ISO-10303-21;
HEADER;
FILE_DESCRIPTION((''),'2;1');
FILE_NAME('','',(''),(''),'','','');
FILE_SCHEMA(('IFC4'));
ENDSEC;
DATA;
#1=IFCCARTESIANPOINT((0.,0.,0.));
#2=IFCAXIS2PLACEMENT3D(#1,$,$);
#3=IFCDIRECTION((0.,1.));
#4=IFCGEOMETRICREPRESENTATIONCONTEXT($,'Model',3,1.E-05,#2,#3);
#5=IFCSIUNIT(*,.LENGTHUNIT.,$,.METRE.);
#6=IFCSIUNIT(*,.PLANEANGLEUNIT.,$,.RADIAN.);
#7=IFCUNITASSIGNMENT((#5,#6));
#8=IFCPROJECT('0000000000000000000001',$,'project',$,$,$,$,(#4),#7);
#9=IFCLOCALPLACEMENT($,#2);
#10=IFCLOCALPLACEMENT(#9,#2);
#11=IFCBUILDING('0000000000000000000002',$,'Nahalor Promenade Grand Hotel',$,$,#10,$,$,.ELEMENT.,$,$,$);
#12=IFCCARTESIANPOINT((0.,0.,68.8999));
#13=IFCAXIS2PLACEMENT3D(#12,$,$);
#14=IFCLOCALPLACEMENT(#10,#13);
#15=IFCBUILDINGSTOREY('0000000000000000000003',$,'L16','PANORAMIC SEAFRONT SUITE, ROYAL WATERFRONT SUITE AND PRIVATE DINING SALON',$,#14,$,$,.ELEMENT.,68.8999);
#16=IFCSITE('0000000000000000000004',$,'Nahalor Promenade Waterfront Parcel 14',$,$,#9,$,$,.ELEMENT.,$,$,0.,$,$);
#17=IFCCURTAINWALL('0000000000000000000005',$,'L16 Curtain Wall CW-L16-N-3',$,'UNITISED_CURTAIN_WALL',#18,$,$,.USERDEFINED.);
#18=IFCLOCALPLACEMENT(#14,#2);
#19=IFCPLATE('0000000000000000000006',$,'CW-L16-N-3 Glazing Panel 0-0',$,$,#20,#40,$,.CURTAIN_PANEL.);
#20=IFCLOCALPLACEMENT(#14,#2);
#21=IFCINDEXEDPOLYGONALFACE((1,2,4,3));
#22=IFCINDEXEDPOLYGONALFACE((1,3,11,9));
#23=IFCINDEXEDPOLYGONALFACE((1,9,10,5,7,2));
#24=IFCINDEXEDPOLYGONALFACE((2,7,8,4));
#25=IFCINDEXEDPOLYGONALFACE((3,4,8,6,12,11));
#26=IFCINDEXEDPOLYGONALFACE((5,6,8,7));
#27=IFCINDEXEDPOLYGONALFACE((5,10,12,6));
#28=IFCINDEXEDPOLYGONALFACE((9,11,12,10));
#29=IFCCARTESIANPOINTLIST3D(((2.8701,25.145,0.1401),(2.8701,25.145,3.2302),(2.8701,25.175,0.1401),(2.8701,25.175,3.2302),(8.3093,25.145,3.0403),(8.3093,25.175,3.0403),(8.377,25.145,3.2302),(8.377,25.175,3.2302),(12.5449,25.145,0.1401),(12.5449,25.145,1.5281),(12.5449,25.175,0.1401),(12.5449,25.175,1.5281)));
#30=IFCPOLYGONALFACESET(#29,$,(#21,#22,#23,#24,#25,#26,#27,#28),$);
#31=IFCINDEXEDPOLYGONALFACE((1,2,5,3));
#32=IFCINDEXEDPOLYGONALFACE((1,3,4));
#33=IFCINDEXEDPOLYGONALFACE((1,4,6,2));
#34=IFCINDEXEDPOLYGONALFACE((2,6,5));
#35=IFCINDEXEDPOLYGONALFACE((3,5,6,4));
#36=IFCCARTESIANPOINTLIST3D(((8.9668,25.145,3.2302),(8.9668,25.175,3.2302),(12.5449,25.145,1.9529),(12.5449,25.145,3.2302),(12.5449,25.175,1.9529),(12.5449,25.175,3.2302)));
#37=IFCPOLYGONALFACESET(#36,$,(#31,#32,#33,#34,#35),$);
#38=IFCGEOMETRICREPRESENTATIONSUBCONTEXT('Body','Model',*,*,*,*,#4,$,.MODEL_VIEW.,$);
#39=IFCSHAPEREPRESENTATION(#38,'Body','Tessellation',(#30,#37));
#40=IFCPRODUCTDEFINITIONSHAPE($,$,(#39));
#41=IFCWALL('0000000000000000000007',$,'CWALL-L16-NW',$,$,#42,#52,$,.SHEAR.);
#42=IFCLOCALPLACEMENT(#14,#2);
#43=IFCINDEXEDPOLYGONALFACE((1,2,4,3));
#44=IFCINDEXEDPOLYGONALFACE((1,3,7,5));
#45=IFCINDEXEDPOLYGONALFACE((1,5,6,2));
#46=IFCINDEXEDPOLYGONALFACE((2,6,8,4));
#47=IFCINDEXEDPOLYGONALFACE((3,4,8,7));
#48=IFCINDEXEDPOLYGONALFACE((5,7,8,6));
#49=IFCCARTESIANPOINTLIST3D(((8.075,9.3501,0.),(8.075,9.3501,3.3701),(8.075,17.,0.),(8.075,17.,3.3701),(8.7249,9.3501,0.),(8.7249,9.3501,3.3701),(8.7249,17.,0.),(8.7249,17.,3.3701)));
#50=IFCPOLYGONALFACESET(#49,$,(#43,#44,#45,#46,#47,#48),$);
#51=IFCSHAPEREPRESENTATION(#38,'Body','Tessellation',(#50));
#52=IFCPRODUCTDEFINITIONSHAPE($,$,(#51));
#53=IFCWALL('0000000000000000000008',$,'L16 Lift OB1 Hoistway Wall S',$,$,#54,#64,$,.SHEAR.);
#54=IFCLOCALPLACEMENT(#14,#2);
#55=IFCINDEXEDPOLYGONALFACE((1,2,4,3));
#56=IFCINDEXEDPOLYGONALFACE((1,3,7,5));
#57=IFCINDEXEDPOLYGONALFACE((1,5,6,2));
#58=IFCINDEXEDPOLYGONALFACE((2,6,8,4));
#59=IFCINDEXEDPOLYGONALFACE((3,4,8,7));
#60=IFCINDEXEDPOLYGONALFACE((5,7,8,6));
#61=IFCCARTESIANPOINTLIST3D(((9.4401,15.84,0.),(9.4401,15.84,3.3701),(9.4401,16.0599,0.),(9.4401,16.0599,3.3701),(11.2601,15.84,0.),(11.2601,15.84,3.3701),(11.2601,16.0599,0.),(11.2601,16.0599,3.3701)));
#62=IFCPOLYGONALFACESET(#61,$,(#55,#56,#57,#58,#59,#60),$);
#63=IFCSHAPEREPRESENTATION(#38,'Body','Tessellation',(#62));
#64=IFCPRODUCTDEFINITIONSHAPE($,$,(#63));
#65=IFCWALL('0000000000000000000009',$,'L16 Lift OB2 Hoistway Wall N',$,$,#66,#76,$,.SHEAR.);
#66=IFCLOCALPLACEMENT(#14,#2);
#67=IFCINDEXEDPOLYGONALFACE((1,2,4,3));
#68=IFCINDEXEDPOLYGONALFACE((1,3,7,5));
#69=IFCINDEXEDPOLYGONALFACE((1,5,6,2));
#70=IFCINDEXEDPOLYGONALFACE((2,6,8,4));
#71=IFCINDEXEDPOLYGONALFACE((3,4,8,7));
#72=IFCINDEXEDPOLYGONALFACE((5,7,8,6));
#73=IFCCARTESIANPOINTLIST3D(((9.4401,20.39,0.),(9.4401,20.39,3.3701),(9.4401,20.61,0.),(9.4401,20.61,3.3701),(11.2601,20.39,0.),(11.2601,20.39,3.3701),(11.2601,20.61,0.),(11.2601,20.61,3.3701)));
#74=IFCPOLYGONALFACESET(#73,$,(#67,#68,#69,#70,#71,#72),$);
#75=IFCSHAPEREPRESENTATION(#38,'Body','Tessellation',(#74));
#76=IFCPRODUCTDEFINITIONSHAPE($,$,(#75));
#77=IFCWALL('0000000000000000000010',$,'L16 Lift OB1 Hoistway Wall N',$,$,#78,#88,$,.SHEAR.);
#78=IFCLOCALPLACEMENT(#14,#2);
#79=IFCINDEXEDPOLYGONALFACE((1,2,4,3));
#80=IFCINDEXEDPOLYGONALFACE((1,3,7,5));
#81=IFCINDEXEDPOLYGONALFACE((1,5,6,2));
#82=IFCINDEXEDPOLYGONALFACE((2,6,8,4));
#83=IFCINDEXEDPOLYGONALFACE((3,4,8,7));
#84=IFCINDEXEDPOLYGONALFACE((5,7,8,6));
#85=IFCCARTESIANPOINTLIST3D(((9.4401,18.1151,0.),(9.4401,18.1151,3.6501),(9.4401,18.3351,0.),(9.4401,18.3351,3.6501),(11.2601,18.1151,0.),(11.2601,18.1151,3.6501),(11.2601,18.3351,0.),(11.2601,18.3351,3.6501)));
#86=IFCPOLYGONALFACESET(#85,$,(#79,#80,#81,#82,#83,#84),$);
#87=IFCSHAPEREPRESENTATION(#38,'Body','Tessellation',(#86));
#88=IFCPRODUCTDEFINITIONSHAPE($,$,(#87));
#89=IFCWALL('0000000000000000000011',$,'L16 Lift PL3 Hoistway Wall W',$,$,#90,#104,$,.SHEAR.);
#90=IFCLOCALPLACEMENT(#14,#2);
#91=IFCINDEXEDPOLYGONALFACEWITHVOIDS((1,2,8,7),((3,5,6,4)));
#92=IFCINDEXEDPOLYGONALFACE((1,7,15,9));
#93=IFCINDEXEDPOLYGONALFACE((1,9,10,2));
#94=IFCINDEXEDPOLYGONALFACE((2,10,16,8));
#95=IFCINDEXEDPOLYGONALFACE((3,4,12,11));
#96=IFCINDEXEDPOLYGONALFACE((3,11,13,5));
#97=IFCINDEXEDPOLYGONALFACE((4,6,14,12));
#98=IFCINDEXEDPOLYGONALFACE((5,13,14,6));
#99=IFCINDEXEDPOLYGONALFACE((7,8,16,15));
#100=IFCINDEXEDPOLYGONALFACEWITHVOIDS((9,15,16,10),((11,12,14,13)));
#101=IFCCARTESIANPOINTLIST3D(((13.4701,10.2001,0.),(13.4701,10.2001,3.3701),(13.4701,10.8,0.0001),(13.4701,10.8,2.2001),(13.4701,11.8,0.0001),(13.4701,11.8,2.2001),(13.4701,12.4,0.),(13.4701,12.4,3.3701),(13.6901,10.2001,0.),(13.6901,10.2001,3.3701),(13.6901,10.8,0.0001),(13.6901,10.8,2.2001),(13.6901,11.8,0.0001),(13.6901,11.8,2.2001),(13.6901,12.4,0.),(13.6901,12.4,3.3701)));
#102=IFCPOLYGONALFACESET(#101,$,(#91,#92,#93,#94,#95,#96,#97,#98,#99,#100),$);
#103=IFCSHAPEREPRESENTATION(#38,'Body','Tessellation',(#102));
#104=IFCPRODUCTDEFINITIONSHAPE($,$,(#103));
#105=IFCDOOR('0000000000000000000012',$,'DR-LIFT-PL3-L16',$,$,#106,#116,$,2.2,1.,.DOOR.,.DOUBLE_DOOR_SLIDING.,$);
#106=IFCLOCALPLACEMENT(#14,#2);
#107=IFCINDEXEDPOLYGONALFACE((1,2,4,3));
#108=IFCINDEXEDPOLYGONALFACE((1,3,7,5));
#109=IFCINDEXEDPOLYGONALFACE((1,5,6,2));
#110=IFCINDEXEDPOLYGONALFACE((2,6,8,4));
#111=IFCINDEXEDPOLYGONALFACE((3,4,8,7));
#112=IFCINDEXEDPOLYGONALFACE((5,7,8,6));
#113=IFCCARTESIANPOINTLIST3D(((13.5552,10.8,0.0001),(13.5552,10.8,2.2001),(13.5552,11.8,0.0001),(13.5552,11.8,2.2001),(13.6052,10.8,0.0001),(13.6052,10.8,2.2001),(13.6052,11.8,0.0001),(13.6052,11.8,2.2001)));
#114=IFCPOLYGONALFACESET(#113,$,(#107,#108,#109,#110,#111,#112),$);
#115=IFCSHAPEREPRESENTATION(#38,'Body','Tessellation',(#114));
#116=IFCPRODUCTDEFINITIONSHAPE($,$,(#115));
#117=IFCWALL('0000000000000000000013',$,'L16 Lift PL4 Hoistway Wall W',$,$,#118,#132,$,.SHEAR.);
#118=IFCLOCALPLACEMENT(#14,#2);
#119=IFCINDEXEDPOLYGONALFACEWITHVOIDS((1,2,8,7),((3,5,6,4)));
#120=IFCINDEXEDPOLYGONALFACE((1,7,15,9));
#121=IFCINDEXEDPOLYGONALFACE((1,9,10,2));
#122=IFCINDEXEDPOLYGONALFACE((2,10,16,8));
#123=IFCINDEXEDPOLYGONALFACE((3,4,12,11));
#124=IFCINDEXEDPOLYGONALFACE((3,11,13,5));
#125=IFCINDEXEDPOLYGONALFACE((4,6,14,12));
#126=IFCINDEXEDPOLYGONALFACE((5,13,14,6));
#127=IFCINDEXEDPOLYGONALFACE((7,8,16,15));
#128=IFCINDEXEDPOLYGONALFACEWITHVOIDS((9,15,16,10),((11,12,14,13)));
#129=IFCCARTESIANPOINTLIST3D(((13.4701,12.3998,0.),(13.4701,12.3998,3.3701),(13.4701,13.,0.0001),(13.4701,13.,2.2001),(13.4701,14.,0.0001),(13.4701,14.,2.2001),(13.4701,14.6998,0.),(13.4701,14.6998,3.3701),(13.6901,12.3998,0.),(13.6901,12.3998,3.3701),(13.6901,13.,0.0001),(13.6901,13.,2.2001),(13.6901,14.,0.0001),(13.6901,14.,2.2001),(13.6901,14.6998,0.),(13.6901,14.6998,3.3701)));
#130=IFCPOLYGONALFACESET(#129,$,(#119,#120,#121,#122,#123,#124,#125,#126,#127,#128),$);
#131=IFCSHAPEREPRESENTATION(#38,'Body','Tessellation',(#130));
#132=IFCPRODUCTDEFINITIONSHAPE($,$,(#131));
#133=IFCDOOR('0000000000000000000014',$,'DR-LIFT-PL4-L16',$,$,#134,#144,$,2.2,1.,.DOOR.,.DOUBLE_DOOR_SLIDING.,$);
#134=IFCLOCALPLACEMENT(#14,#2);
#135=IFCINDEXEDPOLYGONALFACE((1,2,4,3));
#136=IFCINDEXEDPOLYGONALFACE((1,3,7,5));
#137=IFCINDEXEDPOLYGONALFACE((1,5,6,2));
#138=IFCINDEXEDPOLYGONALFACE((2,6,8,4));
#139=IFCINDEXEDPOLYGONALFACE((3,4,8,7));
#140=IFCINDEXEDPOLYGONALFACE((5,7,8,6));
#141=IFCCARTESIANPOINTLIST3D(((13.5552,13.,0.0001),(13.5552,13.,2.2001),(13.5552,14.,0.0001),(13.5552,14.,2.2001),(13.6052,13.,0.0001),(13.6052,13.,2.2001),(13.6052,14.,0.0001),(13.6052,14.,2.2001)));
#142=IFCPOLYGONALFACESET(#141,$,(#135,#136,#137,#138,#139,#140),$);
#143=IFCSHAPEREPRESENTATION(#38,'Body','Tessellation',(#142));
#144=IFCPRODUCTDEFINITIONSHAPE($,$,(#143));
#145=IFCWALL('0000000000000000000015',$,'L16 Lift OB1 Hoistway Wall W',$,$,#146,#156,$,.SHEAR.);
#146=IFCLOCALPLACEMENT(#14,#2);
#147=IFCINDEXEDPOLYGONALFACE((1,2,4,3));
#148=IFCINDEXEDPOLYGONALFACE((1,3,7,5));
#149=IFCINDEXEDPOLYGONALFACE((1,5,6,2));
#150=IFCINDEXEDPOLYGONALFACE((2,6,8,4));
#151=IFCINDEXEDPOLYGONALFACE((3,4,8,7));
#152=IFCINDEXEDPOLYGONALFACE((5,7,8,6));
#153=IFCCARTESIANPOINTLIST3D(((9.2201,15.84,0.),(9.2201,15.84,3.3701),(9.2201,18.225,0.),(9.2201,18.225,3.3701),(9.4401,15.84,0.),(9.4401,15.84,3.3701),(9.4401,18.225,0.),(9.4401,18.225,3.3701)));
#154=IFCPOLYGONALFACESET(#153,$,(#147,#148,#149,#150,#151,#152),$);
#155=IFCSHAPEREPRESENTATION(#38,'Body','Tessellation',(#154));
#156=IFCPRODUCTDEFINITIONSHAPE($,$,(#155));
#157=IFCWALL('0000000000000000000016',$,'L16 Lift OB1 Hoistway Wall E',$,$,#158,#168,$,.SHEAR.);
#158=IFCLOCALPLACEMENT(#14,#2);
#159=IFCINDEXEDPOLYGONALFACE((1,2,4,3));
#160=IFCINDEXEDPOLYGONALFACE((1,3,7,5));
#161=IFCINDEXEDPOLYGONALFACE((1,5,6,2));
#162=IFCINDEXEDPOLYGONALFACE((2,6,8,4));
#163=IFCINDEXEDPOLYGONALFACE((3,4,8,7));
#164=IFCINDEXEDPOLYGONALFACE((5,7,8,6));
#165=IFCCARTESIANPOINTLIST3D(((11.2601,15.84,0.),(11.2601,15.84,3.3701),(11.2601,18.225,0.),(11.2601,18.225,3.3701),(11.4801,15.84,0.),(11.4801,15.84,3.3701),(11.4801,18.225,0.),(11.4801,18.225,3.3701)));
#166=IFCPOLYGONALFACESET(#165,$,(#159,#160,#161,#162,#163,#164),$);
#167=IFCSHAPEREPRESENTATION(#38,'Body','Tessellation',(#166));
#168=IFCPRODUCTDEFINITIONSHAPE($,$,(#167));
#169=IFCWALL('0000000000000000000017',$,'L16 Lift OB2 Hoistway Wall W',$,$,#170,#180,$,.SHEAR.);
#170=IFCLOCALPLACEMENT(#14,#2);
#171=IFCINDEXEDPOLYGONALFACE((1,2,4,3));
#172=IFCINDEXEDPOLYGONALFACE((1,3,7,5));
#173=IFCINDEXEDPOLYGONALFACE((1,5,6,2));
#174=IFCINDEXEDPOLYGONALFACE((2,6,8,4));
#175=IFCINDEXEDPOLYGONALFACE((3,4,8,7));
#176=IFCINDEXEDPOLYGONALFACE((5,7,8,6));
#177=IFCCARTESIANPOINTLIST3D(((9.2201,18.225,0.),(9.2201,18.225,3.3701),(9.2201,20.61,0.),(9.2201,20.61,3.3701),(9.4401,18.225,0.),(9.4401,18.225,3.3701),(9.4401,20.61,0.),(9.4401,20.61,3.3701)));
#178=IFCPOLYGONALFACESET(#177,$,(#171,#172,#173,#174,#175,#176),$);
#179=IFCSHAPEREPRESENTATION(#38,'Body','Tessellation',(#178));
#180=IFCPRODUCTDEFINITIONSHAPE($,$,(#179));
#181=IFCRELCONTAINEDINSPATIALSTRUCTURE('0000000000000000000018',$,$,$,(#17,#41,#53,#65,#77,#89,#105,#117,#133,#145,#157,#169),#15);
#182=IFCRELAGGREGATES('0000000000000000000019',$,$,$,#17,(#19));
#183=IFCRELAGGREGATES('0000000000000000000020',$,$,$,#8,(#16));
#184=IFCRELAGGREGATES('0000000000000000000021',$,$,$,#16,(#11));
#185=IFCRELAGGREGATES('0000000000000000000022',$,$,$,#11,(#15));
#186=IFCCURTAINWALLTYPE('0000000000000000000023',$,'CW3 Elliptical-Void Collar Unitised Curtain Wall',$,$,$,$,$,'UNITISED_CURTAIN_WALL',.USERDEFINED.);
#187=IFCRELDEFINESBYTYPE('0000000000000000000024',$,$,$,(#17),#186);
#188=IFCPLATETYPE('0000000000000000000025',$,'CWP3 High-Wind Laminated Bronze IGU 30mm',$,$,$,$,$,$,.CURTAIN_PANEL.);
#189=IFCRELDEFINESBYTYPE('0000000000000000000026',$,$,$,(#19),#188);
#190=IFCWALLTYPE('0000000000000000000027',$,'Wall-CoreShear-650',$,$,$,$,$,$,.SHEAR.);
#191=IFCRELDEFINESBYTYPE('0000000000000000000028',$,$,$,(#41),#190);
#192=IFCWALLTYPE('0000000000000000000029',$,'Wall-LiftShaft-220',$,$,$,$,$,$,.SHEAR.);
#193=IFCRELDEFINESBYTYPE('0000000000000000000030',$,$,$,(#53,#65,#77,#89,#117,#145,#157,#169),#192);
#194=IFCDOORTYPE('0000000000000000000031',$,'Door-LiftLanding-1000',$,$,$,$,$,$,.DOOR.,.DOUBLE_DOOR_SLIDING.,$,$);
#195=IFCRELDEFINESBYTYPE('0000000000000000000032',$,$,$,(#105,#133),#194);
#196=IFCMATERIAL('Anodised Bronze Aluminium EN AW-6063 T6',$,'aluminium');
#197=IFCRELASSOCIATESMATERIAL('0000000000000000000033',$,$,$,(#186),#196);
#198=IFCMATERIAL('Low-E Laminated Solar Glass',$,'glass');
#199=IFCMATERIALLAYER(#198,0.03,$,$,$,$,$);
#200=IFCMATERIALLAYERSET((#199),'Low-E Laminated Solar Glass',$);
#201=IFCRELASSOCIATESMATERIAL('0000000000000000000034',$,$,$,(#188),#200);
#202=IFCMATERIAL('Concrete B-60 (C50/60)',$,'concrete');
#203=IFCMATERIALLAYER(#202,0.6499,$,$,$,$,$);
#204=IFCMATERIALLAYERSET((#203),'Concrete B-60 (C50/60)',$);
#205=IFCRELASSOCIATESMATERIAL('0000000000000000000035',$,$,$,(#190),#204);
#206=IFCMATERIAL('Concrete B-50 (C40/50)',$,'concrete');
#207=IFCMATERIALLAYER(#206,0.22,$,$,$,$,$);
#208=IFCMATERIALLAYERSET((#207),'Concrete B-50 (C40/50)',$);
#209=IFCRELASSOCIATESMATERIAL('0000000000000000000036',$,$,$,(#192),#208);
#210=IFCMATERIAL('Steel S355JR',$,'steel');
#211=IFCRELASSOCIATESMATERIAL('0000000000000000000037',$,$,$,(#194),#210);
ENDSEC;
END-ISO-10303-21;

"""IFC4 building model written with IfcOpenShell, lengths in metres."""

from ifc_helpers import new_model, si_unit, direction, frame, frame_2d, origin, place, context, subcontext, project, spatial, polyline, rectangle, outline, extrude, source, transform, mapped, material, layer, layer_set, type_object, element, fill, aggregate, save


model = new_model("IFC4")

# Units and contexts
model_context = context("Model", 3, precision=1e-05, world=origin(), true_north=direction((0.0, 1.0)))
body_context = subcontext(model_context, "Body", "Model", "MODEL_VIEW")
ifc_project = project(units=[si_unit("LENGTHUNIT", "METRE"), si_unit("PLANEANGLEUNIT", "RADIAN")], contexts=[model_context])

# Site, building, storey
site_placement = place(None, origin())
site = spatial("IfcSite", under=ifc_project, at=site_placement, Name="Nahalor Promenade Waterfront Parcel 14", CompositionType="ELEMENT", RefElevation=0.0)
building_placement = place(site_placement, origin())
building = spatial("IfcBuilding", under=site, at=building_placement, Name="Nahalor Promenade Grand Hotel", CompositionType="ELEMENT")
storey_placement = place(building_placement, frame((0.0, 0.0, 68.8999)))
storey = spatial("IfcBuildingStorey", under=building, at=storey_placement, Name="L16", Description="PANORAMIC SEAFRONT SUITE, ROYAL WATERFRONT SUITE AND PRIVATE DINING SALON", CompositionType="ELEMENT", Elevation=68.8999)

# Shared definitions
ifc_material_1 = material(Name="Steel S355JR", Category="steel")

# Curtain wall, plate
ifc_material_2 = material(Name="Anodised Bronze Aluminium EN AW-6063 T6", Category="aluminium")
curtain_wall_type = type_object("IfcCurtainWallType", Name="CW3 Elliptical-Void Collar Unitised Curtain Wall", ElementType="UNITISED_CURTAIN_WALL", PredefinedType="USERDEFINED", material=ifc_material_2)
curtain_wall_placement = place(storey_placement, origin())
curtain_wall = element("IfcCurtainWall", 1, at=curtain_wall_placement, inside=storey, type_object=curtain_wall_type, Name="L16 Curtain Wall CW-L16-N-3", ObjectType="UNITISED_CURTAIN_WALL", PredefinedType="USERDEFINED")
ifc_material_3 = material(Name="Low-E Laminated Solar Glass", Category="glass")
ifc_layer_1 = layer(ifc_material_3, 0.03)
ifc_layer_set_1 = layer_set([ifc_layer_1], Name="Low-E Laminated Solar Glass")
plate_type = type_object("IfcPlateType", Name="CWP3 High-Wind Laminated Bronze IGU 30mm", PredefinedType="CURTAIN_PANEL", material=ifc_layer_set_1)
plate_placement = place(storey_placement, frame((7.7075, 25.1599, 0.1401), z_axis=(0.0, 0.0, 1.0), x_axis=(1.0, 0.0, 0.0)))
plate = element("IfcPlate", 2, at=plate_placement, type_object=plate_type, Name="CW-L16-N-3 Glazing Panel 0-0", PredefinedType="CURTAIN_PANEL", context=body_context, shape_type="SweptSolid", body=[
    extrude(outline(polyline([(-4.8374, 0.0), (4.8374, 0.0), (4.8374, 1.3879), (0.6018, 2.9001), (0.6694, 3.0901), (-4.8374, 3.0901), (-4.8374, 0.0)])), frame((0.0, 0.0151, 0.0), z_axis=(0.0, -1.0, 0.0), x_axis=(1.0, 0.0, 0.0)), (0.0, 0.0, 1.0), 0.03),
    extrude(outline(polyline([(4.8374, 1.8127), (4.8374, 3.0901), (1.2593, 3.0901), (4.8374, 1.8127)])), frame((0.0, 0.0151, 0.0), z_axis=(0.0, -1.0, 0.0), x_axis=(1.0, 0.0, 0.0)), (0.0, 0.0, 1.0), 0.03),
])
aggregate(curtain_wall, [plate])

# Walls
ifc_material_4 = material(Name="Concrete B-60 (C50/60)", Category="concrete")
ifc_layer_2 = layer(ifc_material_4, 0.6499)
ifc_layer_set_2 = layer_set([ifc_layer_2], Name="Concrete B-60 (C50/60)")
wall_type_1 = type_object("IfcWallType", Name="Wall-CoreShear-650", PredefinedType="SHEAR", material=ifc_layer_set_2)
shared_shape_1 = source(origin(), body_context, "Body", "SweptSolid", [
    extrude(rectangle(XDim=7.6499, YDim=0.6499, at=frame_2d((3.825, 0.0))), origin(), (0.0, 0.0, 1.0), 3.3701),
])
wall_1_placement = place(storey_placement, frame((8.3999, 9.3501, 0.0), z_axis=(0.0, 0.0, 1.0), x_axis=(0.0, 1.0, 0.0)))
element("IfcWall", 3, at=wall_1_placement, inside=storey, type_object=wall_type_1, Name="CWALL-L16-NW", PredefinedType="SHEAR", context=body_context, shape_type="MappedRepresentation", body=[
    mapped(shared_shape_1, transform((0.0, 0.0, 0.0), scale=1.0)),
])
ifc_material_5 = material(Name="Concrete B-50 (C40/50)", Category="concrete")
ifc_layer_3 = layer(ifc_material_5, 0.22)
ifc_layer_set_3 = layer_set([ifc_layer_3], Name="Concrete B-50 (C40/50)")
wall_type_2 = type_object("IfcWallType", Name="Wall-LiftShaft-220", PredefinedType="SHEAR", material=ifc_layer_set_3)
shared_shape_2 = source(origin(), body_context, "Body", "SweptSolid", [
    extrude(rectangle(XDim=1.8201, YDim=0.22, at=frame_2d((0.9102, 0.0))), origin(), (0.0, 0.0, 1.0), 3.3701),
])
for number, where, z_axis, x_axis, name in (
    (4, (9.4399, 15.95, 0.0), (0.0, 0.0, 1.0), (1.0, 0.0, 0.0), "L16 Lift OB1 Hoistway Wall S"),
    (5, (9.4399, 20.5, 0.0), (0.0, 0.0, 1.0), (1.0, 0.0, 0.0), "L16 Lift OB2 Hoistway Wall N"),
):
    element("IfcWall", number, at=place(storey_placement, frame(where, z_axis=z_axis, x_axis=x_axis)), inside=storey, type_object=wall_type_2, Name=name, PredefinedType="SHEAR", context=body_context, shape_type="MappedRepresentation", body=[
        mapped(shared_shape_2, transform((0.0, 0.0, 0.0), scale=1.0)),
    ])
shared_shape_3 = source(origin(), body_context, "Body", "SweptSolid", [
    extrude(rectangle(XDim=1.8201, YDim=0.22, at=frame_2d((0.9102, 0.0))), origin(), (0.0, 0.0, 1.0), 3.6501),
])
wall_2_placement = place(storey_placement, frame((9.4399, 18.2251, 0.0), z_axis=(0.0, 0.0, 1.0), x_axis=(1.0, 0.0, 0.0)))
element("IfcWall", 6, at=wall_2_placement, inside=storey, type_object=wall_type_2, Name="L16 Lift OB1 Hoistway Wall N", PredefinedType="SHEAR", context=body_context, shape_type="MappedRepresentation", body=[
    mapped(shared_shape_3, transform((0.0, 0.0, 0.0), scale=1.0)),
])

# Walls, openings, doors
shared_shape_4 = source(origin(), body_context, "Body", "SweptSolid", [
    extrude(rectangle(XDim=2.2, YDim=0.22, at=frame_2d((1.1001, 0.0))), origin(), (0.0, 0.0, 1.0), 3.3701),
])
wall_3_placement = place(storey_placement, frame((13.5801, 10.2, 0.0), z_axis=(0.0, 0.0, 1.0), x_axis=(0.0, 1.0, 0.0)))
wall_3 = element("IfcWall", 7, at=wall_3_placement, inside=storey, type_object=wall_type_2, Name="L16 Lift PL3 Hoistway Wall W", PredefinedType="SHEAR", context=body_context, shape_type="MappedRepresentation", body=[
    mapped(shared_shape_4, transform((0.0, 0.0, 0.0), scale=1.0)),
])
opening_1_placement = place(wall_3_placement, frame((0.6001, 0.0, 0.0)))
opening_1 = element("IfcOpeningElement", 8, at=opening_1_placement, cuts=wall_3, PredefinedType="OPENING", context=body_context, shape_type="SweptSolid", body=[
    extrude(rectangle(XDim=1.0, YDim=2.2, at=frame_2d((0.5, 1.1001))), frame((0.0, 0.1199, 0.0), z_axis=(0.0, -1.0, 0.0), x_axis=(1.0, 0.0, 0.0)), (0.0, 0.0, 1.0), 0.24),
])
door_type_1 = type_object("IfcDoorType", Name="Door-LiftLanding-1000", OperationType="DOUBLE_DOOR_SLIDING", PredefinedType="DOOR", material=ifc_material_1)
shared_shape_5 = source(origin(), body_context, "Body", "SweptSolid", [
    extrude(rectangle(XDim=1.0, YDim=2.2, at=frame_2d((0.5, 1.1001))), frame((0.0, 0.0249, 0.0), z_axis=(0.0, -1.0, 0.0), x_axis=(1.0, 0.0, 0.0)), (0.0, 0.0, 1.0), 0.05),
])
door_1_placement = place(opening_1_placement, origin())
door_1 = element("IfcDoor", 9, at=door_1_placement, inside=storey, type_object=door_type_1, Name="DR-LIFT-PL3-L16", OperationType="DOUBLE_DOOR_SLIDING", OverallHeight=2.2, OverallWidth=1.0, PredefinedType="DOOR", context=body_context, shape_type="MappedRepresentation", body=[
    mapped(shared_shape_5, transform((0.0, 0.0, 0.0), scale=1.0)),
])
fill(opening_1, door_1)
shared_shape_6 = source(origin(), body_context, "Body", "SweptSolid", [
    extrude(rectangle(XDim=2.3, YDim=0.22, at=frame_2d((1.1499, 0.0))), origin(), (0.0, 0.0, 1.0), 3.3701),
])
wall_4_placement = place(storey_placement, frame((13.5801, 12.3999, 0.0), z_axis=(0.0, 0.0, 1.0), x_axis=(0.0, 1.0, 0.0)))
wall_4 = element("IfcWall", 10, at=wall_4_placement, inside=storey, type_object=wall_type_2, Name="L16 Lift PL4 Hoistway Wall W", PredefinedType="SHEAR", context=body_context, shape_type="MappedRepresentation", body=[
    mapped(shared_shape_6, transform((0.0, 0.0, 0.0), scale=1.0)),
])
opening_2_placement = place(wall_4_placement, frame((0.6001, 0.0, 0.0)))
opening_2 = element("IfcOpeningElement", 11, at=opening_2_placement, cuts=wall_4, PredefinedType="OPENING", context=body_context, shape_type="SweptSolid", body=[
    extrude(rectangle(XDim=1.0, YDim=2.2, at=frame_2d((0.5, 1.1001))), frame((0.0, 0.1199, 0.0), z_axis=(0.0, -1.0, 0.0), x_axis=(1.0, 0.0, 0.0)), (0.0, 0.0, 1.0), 0.24),
])
door_2_placement = place(opening_2_placement, origin())
door_2 = element("IfcDoor", 12, at=door_2_placement, inside=storey, type_object=door_type_1, Name="DR-LIFT-PL4-L16", OperationType="DOUBLE_DOOR_SLIDING", OverallHeight=2.2, OverallWidth=1.0, PredefinedType="DOOR", context=body_context, shape_type="MappedRepresentation", body=[
    mapped(shared_shape_5, transform((0.0, 0.0, 0.0), scale=1.0)),
])
fill(opening_2, door_2)

# Walls
shared_shape_7 = source(origin(), body_context, "Body", "SweptSolid", [
    extrude(rectangle(XDim=2.385, YDim=0.22, at=frame_2d((1.1924, 0.0))), origin(), (0.0, 0.0, 1.0), 3.3701),
])
for number, where, z_axis, x_axis, name in (
    (13, (9.3301, 15.8401, 0.0), (0.0, 0.0, 1.0), (0.0, 1.0, 0.0), "L16 Lift OB1 Hoistway Wall W"),
    (14, (11.3701, 15.8401, 0.0), (0.0, 0.0, 1.0), (0.0, 1.0, 0.0), "L16 Lift OB1 Hoistway Wall E"),
    (15, (9.3301, 18.2251, 0.0), (0.0, 0.0, 1.0), (0.0, 1.0, 0.0), "L16 Lift OB2 Hoistway Wall W"),
):
    element("IfcWall", number, at=place(storey_placement, frame(where, z_axis=z_axis, x_axis=x_axis)), inside=storey, type_object=wall_type_2, Name=name, PredefinedType="SHEAR", context=body_context, shape_type="MappedRepresentation", body=[
        mapped(shared_shape_7, transform((0.0, 0.0, 0.0), scale=1.0)),
    ])

save(model, "model.ifc")
